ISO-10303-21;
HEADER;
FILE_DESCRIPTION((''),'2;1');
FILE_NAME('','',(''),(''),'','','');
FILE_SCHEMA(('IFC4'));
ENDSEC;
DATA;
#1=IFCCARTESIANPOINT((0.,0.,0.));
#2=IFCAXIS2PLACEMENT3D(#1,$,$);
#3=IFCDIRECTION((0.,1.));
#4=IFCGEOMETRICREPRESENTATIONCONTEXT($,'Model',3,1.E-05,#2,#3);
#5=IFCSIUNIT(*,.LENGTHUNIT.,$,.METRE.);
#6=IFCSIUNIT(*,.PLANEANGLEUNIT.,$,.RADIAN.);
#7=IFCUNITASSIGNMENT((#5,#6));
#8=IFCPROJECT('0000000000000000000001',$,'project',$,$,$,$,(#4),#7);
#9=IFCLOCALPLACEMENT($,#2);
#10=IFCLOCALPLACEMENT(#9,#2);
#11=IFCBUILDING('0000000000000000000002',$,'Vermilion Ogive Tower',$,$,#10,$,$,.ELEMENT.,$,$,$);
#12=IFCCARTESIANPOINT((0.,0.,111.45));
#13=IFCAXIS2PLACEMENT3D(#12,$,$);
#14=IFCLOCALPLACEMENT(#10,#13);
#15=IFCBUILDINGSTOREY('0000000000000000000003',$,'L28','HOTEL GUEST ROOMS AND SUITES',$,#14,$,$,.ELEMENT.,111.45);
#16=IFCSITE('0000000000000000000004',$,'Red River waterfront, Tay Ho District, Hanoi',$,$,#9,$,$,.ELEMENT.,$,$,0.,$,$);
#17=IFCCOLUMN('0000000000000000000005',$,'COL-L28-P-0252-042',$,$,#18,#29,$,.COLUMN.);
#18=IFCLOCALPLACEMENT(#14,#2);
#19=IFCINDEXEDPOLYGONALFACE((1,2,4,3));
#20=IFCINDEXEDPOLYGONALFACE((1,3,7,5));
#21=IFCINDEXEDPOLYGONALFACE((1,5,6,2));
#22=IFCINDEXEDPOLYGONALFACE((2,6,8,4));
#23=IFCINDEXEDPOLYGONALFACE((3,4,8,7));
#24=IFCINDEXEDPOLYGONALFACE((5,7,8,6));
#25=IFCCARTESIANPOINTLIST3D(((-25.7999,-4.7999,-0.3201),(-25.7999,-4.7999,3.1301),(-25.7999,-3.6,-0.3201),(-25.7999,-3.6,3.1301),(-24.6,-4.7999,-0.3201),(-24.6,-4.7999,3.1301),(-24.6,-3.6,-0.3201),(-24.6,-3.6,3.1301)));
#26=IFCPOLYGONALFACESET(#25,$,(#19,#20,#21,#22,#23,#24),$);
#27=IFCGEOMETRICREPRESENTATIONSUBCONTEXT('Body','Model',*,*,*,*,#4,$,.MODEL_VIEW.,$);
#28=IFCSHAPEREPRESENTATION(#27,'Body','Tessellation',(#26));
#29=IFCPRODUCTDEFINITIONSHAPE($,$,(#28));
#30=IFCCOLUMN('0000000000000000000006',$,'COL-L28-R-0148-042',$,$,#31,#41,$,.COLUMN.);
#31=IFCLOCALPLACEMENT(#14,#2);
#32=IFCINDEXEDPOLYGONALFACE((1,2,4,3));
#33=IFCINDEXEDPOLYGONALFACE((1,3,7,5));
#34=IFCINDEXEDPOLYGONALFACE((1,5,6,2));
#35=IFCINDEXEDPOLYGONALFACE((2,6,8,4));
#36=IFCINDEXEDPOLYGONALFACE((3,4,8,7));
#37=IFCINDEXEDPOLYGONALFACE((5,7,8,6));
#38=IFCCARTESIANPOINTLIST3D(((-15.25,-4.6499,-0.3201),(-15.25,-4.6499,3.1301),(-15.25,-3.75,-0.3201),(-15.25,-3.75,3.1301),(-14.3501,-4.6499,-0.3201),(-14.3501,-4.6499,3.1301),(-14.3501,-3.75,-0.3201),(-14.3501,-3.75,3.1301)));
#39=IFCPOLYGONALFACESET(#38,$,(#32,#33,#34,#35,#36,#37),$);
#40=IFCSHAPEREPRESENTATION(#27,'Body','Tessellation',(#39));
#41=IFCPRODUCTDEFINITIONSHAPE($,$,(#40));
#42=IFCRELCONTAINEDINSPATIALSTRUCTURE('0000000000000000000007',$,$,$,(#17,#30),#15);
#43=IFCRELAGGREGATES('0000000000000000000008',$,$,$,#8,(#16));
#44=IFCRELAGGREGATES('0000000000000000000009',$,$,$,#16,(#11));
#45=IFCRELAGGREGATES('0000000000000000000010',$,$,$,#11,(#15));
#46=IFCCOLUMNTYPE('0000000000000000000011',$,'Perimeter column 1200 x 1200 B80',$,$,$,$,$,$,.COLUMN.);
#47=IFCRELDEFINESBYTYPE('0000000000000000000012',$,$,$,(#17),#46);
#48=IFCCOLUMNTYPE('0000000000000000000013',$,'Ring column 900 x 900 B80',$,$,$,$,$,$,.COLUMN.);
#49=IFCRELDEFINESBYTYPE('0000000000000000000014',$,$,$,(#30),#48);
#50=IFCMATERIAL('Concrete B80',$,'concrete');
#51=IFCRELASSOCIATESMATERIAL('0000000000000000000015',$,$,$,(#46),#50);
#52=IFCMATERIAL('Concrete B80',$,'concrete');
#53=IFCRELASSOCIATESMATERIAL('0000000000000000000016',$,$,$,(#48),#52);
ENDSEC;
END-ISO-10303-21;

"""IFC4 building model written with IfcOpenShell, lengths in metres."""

from ifc_helpers import new_model, si_unit, direction, frame, origin, origin_2d, place, context, subcontext, project, spatial, rectangle, extrude, material, material_profile, profile_set, type_object, element, save


model = new_model("IFC4")

# Units and contexts
model_context = context("Model", 3, precision=1e-05, world=origin(), true_north=direction((0.0, 1.0)))
body_context = subcontext(model_context, "Body", "Model", "MODEL_VIEW")
ifc_project = project(units=[si_unit("LENGTHUNIT", "METRE"), si_unit("PLANEANGLEUNIT", "RADIAN")], contexts=[model_context])

# Site, building, storey
site_placement = place(None, origin())
site = spatial("IfcSite", under=ifc_project, at=site_placement, Name="Red River waterfront, Tay Ho District, Hanoi", CompositionType="ELEMENT", RefElevation=0.0)
building_placement = place(site_placement, origin())
building = spatial("IfcBuilding", under=site, at=building_placement, Name="Vermilion Ogive Tower", CompositionType="ELEMENT")
storey_placement = place(building_placement, frame((0.0, 0.0, 111.45)))
storey = spatial("IfcBuildingStorey", under=building, at=storey_placement, Name="L28", Description="HOTEL GUEST ROOMS AND SUITES", CompositionType="ELEMENT", Elevation=111.45)

# Columns
ifc_material_1 = material(Name="Concrete B80", Category="concrete")
ifc_material_profile_1 = material_profile(ifc_material_1, rectangle(XDim=1.2, YDim=1.2, at=origin_2d()), Name="1200 x 1200")
ifc_profile_set_1 = profile_set([ifc_material_profile_1], Name="Concrete B80")
column_type_1 = type_object("IfcColumnType", Name="Perimeter column 1200 x 1200 B80", PredefinedType="COLUMN", material=ifc_profile_set_1)
column_1_placement = place(storey_placement, frame((-25.2, -4.2, -0.3201), z_axis=(0.0, 0.0, 1.0), x_axis=(1.0, 0.0, 0.0)))
element("IfcColumn", 1, at=column_1_placement, inside=storey, type_object=column_type_1, Name="COL-L28-P-0252-042", PredefinedType="COLUMN", context=body_context, shape_type="SweptSolid", body=[
    extrude(rectangle(XDim=1.2, YDim=1.2, at=origin_2d()), origin(), (0.0, 0.0, 1.0), 3.4502),
])
ifc_material_2 = material(Name="Concrete B80", Category="concrete")
ifc_material_profile_2 = material_profile(ifc_material_2, rectangle(XDim=0.8999, YDim=0.8999, at=origin_2d()), Name="900 x 900")
ifc_profile_set_2 = profile_set([ifc_material_profile_2], Name="Concrete B80")
column_type_2 = type_object("IfcColumnType", Name="Ring column 900 x 900 B80", PredefinedType="COLUMN", material=ifc_profile_set_2)
column_2_placement = place(storey_placement, frame((-14.8, -4.2, -0.3201), z_axis=(0.0, 0.0, 1.0), x_axis=(1.0, 0.0, 0.0)))
element("IfcColumn", 2, at=column_2_placement, inside=storey, type_object=column_type_2, Name="COL-L28-R-0148-042", PredefinedType="COLUMN", context=body_context, shape_type="SweptSolid", body=[
    extrude(rectangle(XDim=0.8999, YDim=0.8999, at=origin_2d()), origin(), (0.0, 0.0, 1.0), 3.4502),
])

save(model, "model.ifc")
